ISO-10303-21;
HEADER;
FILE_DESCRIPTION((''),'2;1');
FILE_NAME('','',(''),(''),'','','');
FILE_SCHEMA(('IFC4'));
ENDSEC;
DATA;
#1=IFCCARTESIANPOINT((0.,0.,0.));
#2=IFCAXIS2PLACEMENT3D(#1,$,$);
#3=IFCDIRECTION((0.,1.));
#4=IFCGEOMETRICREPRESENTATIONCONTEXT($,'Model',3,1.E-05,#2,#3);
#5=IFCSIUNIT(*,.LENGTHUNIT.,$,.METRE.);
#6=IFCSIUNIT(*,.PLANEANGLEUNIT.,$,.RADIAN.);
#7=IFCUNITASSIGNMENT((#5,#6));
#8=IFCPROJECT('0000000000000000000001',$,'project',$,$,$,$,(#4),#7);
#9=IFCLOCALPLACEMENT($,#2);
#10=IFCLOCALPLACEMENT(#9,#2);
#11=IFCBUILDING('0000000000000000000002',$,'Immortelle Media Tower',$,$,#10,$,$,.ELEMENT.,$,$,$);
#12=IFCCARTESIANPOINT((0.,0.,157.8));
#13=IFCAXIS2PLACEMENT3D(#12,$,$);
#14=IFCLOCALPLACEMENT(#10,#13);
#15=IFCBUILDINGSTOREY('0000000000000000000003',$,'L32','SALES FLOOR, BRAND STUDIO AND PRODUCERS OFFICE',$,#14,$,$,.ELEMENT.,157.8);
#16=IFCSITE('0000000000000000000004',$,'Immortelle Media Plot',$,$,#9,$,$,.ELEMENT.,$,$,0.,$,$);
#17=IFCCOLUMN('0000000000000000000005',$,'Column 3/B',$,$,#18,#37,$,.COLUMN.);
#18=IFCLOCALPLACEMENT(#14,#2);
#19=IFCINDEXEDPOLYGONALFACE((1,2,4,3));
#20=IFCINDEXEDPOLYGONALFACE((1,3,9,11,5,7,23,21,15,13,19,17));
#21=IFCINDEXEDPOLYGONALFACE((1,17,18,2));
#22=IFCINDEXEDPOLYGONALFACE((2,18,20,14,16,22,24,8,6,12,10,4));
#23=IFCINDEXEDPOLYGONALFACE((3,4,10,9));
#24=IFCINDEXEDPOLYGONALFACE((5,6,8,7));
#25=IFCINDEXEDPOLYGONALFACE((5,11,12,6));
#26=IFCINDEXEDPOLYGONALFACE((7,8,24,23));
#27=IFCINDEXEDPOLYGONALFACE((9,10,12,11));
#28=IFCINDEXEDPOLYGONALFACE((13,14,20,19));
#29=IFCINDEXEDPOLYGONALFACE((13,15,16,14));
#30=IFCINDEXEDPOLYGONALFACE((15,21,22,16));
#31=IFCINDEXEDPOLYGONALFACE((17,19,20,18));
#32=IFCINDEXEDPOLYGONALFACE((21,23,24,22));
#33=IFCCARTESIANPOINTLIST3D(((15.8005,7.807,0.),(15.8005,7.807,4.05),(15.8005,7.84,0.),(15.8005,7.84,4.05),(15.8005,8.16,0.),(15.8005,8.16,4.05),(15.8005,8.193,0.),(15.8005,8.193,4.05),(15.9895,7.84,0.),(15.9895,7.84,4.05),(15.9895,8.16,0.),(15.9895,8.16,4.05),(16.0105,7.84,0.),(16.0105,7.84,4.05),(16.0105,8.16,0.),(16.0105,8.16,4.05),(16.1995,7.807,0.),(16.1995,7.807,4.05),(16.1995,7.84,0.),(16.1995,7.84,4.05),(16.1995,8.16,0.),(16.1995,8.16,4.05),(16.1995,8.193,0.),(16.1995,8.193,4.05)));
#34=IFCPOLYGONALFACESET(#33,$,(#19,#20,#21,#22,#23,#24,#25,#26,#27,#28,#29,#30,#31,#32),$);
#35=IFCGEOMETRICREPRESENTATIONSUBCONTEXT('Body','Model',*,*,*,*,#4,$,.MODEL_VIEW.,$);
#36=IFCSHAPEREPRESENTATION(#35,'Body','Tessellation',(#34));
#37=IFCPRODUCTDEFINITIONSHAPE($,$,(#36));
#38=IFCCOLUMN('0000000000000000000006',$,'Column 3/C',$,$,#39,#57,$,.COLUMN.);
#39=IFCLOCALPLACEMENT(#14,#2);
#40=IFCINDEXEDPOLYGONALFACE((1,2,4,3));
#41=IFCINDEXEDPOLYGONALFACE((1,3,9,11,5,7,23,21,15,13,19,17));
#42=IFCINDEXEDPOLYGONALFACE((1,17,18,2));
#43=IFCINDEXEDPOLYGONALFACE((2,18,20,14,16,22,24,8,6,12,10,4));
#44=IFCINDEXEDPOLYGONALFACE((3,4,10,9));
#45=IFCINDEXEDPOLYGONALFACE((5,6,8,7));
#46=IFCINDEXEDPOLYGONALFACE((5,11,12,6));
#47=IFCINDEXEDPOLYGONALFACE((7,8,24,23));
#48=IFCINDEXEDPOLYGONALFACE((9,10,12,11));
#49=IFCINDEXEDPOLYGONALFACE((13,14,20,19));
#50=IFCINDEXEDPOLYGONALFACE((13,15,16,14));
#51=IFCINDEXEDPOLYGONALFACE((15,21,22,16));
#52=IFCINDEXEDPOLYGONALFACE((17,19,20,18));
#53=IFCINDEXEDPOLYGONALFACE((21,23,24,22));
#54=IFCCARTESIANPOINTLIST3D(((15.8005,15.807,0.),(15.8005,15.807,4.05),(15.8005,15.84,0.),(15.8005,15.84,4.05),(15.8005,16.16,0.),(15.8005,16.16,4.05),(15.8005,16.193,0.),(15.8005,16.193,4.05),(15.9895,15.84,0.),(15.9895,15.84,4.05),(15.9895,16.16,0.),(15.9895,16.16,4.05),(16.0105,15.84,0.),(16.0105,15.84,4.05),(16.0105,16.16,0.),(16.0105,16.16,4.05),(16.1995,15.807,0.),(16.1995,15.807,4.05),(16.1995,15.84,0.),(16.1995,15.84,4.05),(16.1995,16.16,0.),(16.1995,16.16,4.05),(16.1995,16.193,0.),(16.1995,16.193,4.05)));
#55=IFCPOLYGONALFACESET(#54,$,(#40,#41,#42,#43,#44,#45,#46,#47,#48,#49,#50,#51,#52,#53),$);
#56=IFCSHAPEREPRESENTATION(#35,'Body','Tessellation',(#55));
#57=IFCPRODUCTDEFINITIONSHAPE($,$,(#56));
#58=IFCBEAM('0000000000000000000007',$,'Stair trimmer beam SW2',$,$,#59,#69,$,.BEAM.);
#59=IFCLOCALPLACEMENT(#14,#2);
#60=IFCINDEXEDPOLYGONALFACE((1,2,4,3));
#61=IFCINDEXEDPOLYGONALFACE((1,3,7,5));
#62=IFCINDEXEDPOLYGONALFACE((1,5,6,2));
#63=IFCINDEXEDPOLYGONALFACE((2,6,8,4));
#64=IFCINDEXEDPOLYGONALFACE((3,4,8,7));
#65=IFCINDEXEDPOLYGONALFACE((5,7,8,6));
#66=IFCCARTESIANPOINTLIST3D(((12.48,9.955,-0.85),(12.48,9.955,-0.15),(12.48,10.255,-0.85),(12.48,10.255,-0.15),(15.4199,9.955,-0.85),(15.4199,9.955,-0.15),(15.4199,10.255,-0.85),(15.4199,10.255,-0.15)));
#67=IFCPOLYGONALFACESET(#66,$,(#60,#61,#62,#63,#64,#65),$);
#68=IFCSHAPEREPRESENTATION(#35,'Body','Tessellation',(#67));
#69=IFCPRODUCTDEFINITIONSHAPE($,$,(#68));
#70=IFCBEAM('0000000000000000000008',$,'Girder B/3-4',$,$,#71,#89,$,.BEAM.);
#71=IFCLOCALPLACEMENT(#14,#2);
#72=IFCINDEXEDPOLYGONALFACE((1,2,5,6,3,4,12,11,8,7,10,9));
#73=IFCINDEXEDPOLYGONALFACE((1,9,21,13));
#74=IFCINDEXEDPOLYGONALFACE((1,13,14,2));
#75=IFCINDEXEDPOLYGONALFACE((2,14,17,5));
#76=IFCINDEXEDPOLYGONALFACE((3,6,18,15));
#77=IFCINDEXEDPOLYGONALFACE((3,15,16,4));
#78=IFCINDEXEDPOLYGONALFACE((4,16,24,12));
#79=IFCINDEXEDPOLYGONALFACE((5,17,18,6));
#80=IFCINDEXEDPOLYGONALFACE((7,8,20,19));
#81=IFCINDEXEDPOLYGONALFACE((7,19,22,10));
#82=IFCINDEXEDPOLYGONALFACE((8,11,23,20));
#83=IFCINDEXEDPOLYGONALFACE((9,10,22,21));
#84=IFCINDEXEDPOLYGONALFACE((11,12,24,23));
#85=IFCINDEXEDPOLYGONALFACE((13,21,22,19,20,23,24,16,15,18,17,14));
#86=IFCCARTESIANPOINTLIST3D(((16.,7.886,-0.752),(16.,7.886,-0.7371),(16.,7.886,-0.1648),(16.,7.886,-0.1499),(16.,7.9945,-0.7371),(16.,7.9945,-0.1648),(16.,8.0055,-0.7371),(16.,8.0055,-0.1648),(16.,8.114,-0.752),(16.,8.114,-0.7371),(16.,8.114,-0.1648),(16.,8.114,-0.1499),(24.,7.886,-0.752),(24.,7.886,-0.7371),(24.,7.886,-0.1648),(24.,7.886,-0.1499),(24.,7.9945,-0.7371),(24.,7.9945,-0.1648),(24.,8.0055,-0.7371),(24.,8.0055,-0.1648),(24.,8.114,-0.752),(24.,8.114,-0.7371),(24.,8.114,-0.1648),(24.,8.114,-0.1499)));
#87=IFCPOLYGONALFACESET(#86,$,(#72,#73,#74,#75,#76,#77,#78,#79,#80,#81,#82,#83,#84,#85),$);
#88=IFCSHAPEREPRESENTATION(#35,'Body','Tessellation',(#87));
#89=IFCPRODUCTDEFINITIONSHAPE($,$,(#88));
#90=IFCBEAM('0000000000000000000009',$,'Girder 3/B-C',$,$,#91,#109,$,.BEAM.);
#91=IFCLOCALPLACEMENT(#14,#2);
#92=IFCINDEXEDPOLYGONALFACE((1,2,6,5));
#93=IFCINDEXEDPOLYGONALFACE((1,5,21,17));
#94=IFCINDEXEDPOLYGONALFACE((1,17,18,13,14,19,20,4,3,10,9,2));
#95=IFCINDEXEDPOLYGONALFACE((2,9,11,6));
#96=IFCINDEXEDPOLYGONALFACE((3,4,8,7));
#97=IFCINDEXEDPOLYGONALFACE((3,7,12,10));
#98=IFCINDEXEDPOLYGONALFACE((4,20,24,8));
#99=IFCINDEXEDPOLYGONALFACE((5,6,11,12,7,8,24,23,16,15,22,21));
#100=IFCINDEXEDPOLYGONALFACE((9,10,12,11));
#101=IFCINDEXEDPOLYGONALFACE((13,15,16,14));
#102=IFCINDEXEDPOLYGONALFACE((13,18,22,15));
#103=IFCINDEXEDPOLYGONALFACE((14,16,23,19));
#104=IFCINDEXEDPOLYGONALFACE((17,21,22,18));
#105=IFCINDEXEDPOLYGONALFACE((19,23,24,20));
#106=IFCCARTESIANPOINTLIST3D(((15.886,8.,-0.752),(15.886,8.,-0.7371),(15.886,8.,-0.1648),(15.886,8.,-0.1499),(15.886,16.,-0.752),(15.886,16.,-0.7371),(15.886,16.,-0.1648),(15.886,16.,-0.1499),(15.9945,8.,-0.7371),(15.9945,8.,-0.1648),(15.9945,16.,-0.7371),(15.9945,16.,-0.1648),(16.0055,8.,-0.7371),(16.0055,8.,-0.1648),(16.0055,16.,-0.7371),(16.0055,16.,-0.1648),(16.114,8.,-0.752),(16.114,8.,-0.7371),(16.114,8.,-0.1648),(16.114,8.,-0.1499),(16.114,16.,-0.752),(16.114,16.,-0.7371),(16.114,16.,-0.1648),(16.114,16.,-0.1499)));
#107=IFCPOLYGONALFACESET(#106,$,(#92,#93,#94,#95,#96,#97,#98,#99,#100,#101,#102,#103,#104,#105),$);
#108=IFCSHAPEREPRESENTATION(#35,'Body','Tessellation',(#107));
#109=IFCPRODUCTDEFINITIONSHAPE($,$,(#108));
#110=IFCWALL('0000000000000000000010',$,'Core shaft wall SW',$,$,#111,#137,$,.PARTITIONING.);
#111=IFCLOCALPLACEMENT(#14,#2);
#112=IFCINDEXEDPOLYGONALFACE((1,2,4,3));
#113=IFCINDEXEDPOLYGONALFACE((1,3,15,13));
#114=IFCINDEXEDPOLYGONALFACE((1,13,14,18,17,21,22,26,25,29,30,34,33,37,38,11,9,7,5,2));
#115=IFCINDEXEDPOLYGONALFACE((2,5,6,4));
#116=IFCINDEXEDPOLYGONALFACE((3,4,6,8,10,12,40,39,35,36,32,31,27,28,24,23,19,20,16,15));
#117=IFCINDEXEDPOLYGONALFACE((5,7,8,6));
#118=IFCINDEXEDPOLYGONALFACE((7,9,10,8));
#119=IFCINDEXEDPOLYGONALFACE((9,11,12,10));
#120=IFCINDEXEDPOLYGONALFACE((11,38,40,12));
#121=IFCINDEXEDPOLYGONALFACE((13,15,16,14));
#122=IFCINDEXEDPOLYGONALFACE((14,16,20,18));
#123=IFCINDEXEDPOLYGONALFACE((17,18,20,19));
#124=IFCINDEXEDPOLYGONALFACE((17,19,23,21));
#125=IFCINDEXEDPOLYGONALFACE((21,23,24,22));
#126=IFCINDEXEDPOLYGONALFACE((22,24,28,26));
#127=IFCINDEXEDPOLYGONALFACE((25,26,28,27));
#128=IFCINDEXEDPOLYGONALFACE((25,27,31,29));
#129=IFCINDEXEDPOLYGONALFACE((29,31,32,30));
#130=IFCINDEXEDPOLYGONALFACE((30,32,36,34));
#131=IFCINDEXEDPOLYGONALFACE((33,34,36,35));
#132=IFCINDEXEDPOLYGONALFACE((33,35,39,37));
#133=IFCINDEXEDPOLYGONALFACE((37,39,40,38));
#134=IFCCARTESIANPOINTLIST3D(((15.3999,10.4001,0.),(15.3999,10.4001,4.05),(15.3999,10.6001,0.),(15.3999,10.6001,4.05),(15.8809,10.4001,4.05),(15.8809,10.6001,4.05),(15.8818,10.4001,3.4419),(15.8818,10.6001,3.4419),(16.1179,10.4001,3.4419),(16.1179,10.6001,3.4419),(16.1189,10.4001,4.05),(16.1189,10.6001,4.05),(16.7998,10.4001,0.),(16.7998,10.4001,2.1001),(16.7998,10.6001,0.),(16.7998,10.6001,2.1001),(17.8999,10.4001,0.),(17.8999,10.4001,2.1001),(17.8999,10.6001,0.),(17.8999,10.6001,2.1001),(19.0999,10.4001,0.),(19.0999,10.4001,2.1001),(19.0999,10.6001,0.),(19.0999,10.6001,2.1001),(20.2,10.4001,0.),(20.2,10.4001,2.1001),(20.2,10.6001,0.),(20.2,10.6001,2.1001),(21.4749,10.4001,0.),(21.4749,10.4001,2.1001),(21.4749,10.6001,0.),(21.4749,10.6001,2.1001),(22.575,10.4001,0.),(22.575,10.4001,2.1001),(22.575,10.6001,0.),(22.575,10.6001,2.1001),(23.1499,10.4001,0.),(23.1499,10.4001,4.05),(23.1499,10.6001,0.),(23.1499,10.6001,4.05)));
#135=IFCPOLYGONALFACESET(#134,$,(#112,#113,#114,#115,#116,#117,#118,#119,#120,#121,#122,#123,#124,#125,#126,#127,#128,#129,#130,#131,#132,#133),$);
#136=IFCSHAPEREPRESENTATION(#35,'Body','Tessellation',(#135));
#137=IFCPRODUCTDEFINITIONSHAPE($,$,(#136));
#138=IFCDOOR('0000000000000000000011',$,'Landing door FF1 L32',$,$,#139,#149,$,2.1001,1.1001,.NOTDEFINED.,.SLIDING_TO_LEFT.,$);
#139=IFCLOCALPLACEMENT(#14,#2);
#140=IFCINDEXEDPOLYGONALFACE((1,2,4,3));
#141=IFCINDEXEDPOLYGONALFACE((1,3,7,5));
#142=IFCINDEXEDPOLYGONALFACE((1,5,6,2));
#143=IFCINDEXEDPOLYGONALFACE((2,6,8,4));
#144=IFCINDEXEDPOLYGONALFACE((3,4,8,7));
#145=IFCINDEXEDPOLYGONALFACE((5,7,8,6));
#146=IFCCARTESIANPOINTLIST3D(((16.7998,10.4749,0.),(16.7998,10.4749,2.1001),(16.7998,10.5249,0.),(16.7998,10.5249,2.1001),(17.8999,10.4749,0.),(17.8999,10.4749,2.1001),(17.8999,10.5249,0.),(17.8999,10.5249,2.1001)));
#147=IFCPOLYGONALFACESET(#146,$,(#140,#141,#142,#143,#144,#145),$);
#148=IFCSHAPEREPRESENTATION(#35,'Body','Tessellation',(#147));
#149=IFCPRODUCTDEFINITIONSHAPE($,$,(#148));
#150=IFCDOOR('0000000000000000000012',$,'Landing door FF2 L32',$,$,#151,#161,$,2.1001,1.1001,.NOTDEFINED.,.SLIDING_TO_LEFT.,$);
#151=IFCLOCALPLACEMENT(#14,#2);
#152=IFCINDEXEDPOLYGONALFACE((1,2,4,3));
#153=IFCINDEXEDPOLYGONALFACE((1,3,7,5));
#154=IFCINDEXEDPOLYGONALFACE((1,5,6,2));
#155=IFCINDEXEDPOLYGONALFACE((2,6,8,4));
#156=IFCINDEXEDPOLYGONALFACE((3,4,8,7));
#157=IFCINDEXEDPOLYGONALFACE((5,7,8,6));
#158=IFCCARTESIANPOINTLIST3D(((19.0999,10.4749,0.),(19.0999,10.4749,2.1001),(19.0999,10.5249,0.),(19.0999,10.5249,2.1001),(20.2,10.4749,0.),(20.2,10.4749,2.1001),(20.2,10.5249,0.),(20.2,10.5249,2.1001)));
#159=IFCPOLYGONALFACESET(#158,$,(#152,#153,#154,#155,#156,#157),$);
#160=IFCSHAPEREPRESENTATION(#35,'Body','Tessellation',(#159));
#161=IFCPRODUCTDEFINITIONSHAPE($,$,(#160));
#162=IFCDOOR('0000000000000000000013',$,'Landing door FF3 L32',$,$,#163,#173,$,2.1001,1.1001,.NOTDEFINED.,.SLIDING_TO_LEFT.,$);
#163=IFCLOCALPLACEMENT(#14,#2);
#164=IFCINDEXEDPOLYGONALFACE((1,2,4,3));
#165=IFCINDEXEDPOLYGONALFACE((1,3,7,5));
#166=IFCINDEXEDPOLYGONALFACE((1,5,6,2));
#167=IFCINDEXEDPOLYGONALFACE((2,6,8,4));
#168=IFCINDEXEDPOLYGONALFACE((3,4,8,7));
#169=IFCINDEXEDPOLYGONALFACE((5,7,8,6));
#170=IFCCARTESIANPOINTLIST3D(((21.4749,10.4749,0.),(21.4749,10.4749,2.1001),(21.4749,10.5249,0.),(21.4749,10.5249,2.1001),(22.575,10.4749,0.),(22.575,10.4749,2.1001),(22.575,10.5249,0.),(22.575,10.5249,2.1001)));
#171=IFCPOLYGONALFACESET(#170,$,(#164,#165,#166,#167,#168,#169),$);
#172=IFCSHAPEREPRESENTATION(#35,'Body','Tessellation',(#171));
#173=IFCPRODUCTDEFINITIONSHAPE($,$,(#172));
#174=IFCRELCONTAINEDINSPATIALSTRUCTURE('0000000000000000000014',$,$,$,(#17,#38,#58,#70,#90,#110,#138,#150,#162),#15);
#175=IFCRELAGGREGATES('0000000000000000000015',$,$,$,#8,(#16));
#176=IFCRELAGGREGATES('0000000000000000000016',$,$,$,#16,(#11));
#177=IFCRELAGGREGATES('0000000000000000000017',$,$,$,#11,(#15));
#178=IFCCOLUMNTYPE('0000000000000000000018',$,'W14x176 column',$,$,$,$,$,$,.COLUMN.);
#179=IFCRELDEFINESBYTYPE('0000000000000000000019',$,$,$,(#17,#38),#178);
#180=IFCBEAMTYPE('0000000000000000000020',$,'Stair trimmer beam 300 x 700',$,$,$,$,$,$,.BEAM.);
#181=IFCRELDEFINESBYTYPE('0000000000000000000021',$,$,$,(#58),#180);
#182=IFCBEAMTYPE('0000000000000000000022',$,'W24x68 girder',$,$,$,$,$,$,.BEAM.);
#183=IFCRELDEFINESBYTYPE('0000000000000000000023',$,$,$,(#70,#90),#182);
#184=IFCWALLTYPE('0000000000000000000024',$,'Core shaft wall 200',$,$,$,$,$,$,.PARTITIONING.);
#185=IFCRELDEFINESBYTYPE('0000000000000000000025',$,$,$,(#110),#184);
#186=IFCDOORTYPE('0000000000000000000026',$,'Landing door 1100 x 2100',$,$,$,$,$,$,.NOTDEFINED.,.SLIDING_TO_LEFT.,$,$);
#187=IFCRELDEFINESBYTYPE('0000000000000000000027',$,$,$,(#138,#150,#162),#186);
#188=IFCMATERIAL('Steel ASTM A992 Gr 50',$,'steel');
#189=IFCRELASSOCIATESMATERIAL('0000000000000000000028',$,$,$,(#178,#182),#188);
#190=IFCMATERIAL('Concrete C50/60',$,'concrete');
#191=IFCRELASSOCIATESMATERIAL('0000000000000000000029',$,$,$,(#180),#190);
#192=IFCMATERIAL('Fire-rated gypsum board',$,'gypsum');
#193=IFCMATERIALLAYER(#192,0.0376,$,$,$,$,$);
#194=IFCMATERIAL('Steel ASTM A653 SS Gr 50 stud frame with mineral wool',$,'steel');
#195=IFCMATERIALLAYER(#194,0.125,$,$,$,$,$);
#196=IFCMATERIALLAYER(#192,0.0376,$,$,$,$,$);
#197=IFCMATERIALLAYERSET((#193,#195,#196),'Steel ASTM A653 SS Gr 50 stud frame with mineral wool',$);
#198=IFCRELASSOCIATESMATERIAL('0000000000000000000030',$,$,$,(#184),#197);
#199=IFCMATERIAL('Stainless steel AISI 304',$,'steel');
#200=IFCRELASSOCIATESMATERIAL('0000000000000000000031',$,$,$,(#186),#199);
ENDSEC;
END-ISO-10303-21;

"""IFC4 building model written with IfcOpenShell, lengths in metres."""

from ifc_helpers import new_model, si_unit, direction, frame, frame_2d, origin, origin_2d, place, context, subcontext, project, spatial, polyline, rectangle, i_section, outline, extrude, material, layer, layer_set, material_profile, profile_set, type_object, element, fill, save


model = new_model("IFC4")

# Units and contexts
model_context = context("Model", 3, precision=1e-05, world=origin(), true_north=direction((0.0, 1.0)))
body_context = subcontext(model_context, "Body", "Model", "MODEL_VIEW")
ifc_project = project(units=[si_unit("LENGTHUNIT", "METRE"), si_unit("PLANEANGLEUNIT", "RADIAN")], contexts=[model_context])

# Site, building, storey
site_placement = place(None, origin())
site = spatial("IfcSite", under=ifc_project, at=site_placement, Name="Immortelle Media Plot", CompositionType="ELEMENT", RefElevation=0.0)
building_placement = place(site_placement, origin())
building = spatial("IfcBuilding", under=site, at=building_placement, Name="Immortelle Media Tower", CompositionType="ELEMENT")
storey_placement = place(building_placement, frame((0.0, 0.0, 157.8)))
storey = spatial("IfcBuildingStorey", under=building, at=storey_placement, Name="L32", Description="SALES FLOOR, BRAND STUDIO AND PRODUCERS OFFICE", CompositionType="ELEMENT", Elevation=157.8)

# Columns
ifc_material_1 = material(Name="Steel ASTM A992 Gr 50", Category="steel")
ifc_material_profile_1 = material_profile(ifc_material_1, i_section(OverallWidth=0.3989, OverallDepth=0.386, WebThickness=0.021, FlangeThickness=0.033, at=origin_2d()), Name="W14x176")
ifc_profile_set_1 = profile_set([ifc_material_profile_1], Name="Steel ASTM A992 Gr 50")
column_type = type_object("IfcColumnType", Name="W14x176 column", PredefinedType="COLUMN", material=ifc_profile_set_1)
for number, where, z_axis, x_axis, name in (
    (1, (16.0, 8.0, 0.0), (0.0, 0.0, 1.0), (1.0, 0.0, 0.0), "Column 3/B"),
    (2, (16.0, 16.0, 0.0), (0.0, 0.0, 1.0), (1.0, 0.0, 0.0), "Column 3/C"),
):
    element("IfcColumn", number, at=place(storey_placement, frame(where, z_axis=z_axis, x_axis=x_axis)), inside=storey, type_object=column_type, Name=name, PredefinedType="COLUMN", context=body_context, shape_type="SweptSolid", body=[
        extrude(i_section(OverallWidth=0.3989, OverallDepth=0.386, WebThickness=0.021, FlangeThickness=0.033, at=origin_2d()), origin(), (0.0, 0.0, 1.0), 4.05),
    ])

# Beams
ifc_material_2 = material(Name="Concrete C50/60", Category="concrete")
ifc_material_profile_2 = material_profile(ifc_material_2, rectangle(XDim=0.3, YDim=0.7, at=origin_2d()), Name="RC 300x700")
ifc_profile_set_2 = profile_set([ifc_material_profile_2], Name="Concrete C50/60")
beam_type_1 = type_object("IfcBeamType", Name="Stair trimmer beam 300 x 700", PredefinedType="BEAM", material=ifc_profile_set_2)
beam_placement = place(storey_placement, frame((12.48, 10.105, -0.5), z_axis=(1.0, 0.0, 0.0), x_axis=(0.0, 1.0, 0.0)))
element("IfcBeam", 3, at=beam_placement, inside=storey, type_object=beam_type_1, Name="Stair trimmer beam SW2", PredefinedType="BEAM", context=body_context, shape_type="SweptSolid", body=[
    extrude(rectangle(XDim=0.3, YDim=0.7, at=origin_2d()), origin(), (0.0, 0.0, 1.0), 2.9399),
])
ifc_material_profile_3 = material_profile(ifc_material_1, i_section(OverallWidth=0.228, OverallDepth=0.6021, WebThickness=0.011, FlangeThickness=0.0149, at=origin_2d()), Name="W24x68")
ifc_profile_set_3 = profile_set([ifc_material_profile_3], Name="Steel ASTM A992 Gr 50")
beam_type_2 = type_object("IfcBeamType", Name="W24x68 girder", PredefinedType="BEAM", material=ifc_profile_set_3)
for number, where, z_axis, x_axis, name in (
    (4, (16.0, 8.0, -0.4509), (1.0, 0.0, 0.0), (0.0, 1.0, 0.0), "Girder B/3-4"),
    (5, (16.0, 8.0, -0.4509), (0.0, 1.0, 0.0), (-1.0, 0.0, 0.0), "Girder 3/B-C"),
):
    element("IfcBeam", number, at=place(storey_placement, frame(where, z_axis=z_axis, x_axis=x_axis)), inside=storey, type_object=beam_type_2, Name=name, PredefinedType="BEAM", context=body_context, shape_type="SweptSolid", body=[
        extrude(i_section(OverallWidth=0.228, OverallDepth=0.6021, WebThickness=0.011, FlangeThickness=0.0149, at=origin_2d()), origin(), (0.0, 0.0, 1.0), 8.0),
    ])

# Wall, openings, doors
ifc_material_3 = material(Name="Fire-rated gypsum board", Category="gypsum")
ifc_layer_1 = layer(ifc_material_3, 0.0376)
ifc_material_4 = material(Name="Steel ASTM A653 SS Gr 50 stud frame with mineral wool", Category="steel")
ifc_layer_2 = layer(ifc_material_4, 0.125)
ifc_layer_3 = layer(ifc_material_3, 0.0376)
ifc_layer_set_1 = layer_set([ifc_layer_1, ifc_layer_2, ifc_layer_3], Name="Steel ASTM A653 SS Gr 50 stud frame with mineral wool")
wall_type_1 = type_object("IfcWallType", Name="Core shaft wall 200", PredefinedType="PARTITIONING", material=ifc_layer_set_1)
wall_1_placement = place(storey_placement, frame((15.3999, 10.5, 0.0), z_axis=(0.0, 0.0, 1.0), x_axis=(1.0, 0.0, 0.0)))
wall_1 = element("IfcWall", 6, at=wall_1_placement, inside=storey, type_object=wall_type_1, Name="Core shaft wall SW", PredefinedType="PARTITIONING", context=body_context, shape_type="SweptSolid", body=[
    extrude(outline(polyline([(0.0, 0.0), (7.75, 0.0), (7.75, 4.05), (0.719, 4.05), (0.718, 3.4419), (0.4819, 3.4419), (0.481, 4.05), (0.0, 4.05), (0.0, 0.0)])), frame((0.0, 0.1001, 0.0), z_axis=(0.0, -1.0, 0.0), x_axis=(1.0, 0.0, 0.0)), (0.0, 0.0, 1.0), 0.2),
])
opening_1_placement = place(wall_1_placement, frame((1.3999, 0.0, 0.0)))
opening_1 = element("IfcOpeningElement", 7, at=opening_1_placement, cuts=wall_1, PredefinedType="OPENING", context=body_context, shape_type="SweptSolid", body=[
    extrude(rectangle(XDim=1.1001, YDim=2.1001, at=frame_2d((0.55, 1.05))), frame((0.0, 0.1099, 0.0), z_axis=(0.0, -1.0, 0.0), x_axis=(1.0, 0.0, 0.0)), (0.0, 0.0, 1.0), 0.22),
])
opening_2_placement = place(wall_1_placement, frame((3.7, 0.0, 0.0)))
opening_2 = element("IfcOpeningElement", 8, at=opening_2_placement, cuts=wall_1, PredefinedType="OPENING", context=body_context, shape_type="SweptSolid", body=[
    extrude(rectangle(XDim=1.1001, YDim=2.1001, at=frame_2d((0.55, 1.05))), frame((0.0, 0.1099, 0.0), z_axis=(0.0, -1.0, 0.0), x_axis=(1.0, 0.0, 0.0)), (0.0, 0.0, 1.0), 0.22),
])
opening_3_placement = place(wall_1_placement, frame((6.075, 0.0, 0.0)))
opening_3 = element("IfcOpeningElement", 9, at=opening_3_placement, cuts=wall_1, PredefinedType="OPENING", context=body_context, shape_type="SweptSolid", body=[
    extrude(rectangle(XDim=1.1001, YDim=2.1001, at=frame_2d((0.55, 1.05))), frame((0.0, 0.1099, 0.0), z_axis=(0.0, -1.0, 0.0), x_axis=(1.0, 0.0, 0.0)), (0.0, 0.0, 1.0), 0.22),
])
ifc_material_5 = material(Name="Stainless steel AISI 304", Category="steel")
door_type_1 = type_object("IfcDoorType", Name="Landing door 1100 x 2100", OperationType="SLIDING_TO_LEFT", PredefinedType="NOTDEFINED", material=ifc_material_5)
door_1_placement = place(opening_1_placement, origin())
door_1 = element("IfcDoor", 10, at=door_1_placement, inside=storey, type_object=door_type_1, Name="Landing door FF1 L32", OperationType="SLIDING_TO_LEFT", OverallHeight=2.1001, OverallWidth=1.1001, PredefinedType="NOTDEFINED", context=body_context, shape_type="SweptSolid", body=[
    extrude(rectangle(XDim=1.1001, YDim=2.1001, at=frame_2d((0.55, 1.05))), frame((0.0, 0.0249, 0.0), z_axis=(0.0, -1.0, 0.0), x_axis=(1.0, 0.0, 0.0)), (0.0, 0.0, 1.0), 0.05),
])
fill(opening_1, door_1)
door_2_placement = place(opening_2_placement, origin())
door_2 = element("IfcDoor", 11, at=door_2_placement, inside=storey, type_object=door_type_1, Name="Landing door FF2 L32", OperationType="SLIDING_TO_LEFT", OverallHeight=2.1001, OverallWidth=1.1001, PredefinedType="NOTDEFINED", context=body_context, shape_type="SweptSolid", body=[
    extrude(rectangle(XDim=1.1001, YDim=2.1001, at=frame_2d((0.55, 1.05))), frame((0.0, 0.0249, 0.0), z_axis=(0.0, -1.0, 0.0), x_axis=(1.0, 0.0, 0.0)), (0.0, 0.0, 1.0), 0.05),
])
fill(opening_2, door_2)
door_3_placement = place(opening_3_placement, origin())
door_3 = element("IfcDoor", 12, at=door_3_placement, inside=storey, type_object=door_type_1, Name="Landing door FF3 L32", OperationType="SLIDING_TO_LEFT", OverallHeight=2.1001, OverallWidth=1.1001, PredefinedType="NOTDEFINED", context=body_context, shape_type="SweptSolid", body=[
    extrude(rectangle(XDim=1.1001, YDim=2.1001, at=frame_2d((0.55, 1.05))), frame((0.0, 0.0249, 0.0), z_axis=(0.0, -1.0, 0.0), x_axis=(1.0, 0.0, 0.0)), (0.0, 0.0, 1.0), 0.05),
])
fill(opening_3, door_3)

save(model, "model.ifc")
